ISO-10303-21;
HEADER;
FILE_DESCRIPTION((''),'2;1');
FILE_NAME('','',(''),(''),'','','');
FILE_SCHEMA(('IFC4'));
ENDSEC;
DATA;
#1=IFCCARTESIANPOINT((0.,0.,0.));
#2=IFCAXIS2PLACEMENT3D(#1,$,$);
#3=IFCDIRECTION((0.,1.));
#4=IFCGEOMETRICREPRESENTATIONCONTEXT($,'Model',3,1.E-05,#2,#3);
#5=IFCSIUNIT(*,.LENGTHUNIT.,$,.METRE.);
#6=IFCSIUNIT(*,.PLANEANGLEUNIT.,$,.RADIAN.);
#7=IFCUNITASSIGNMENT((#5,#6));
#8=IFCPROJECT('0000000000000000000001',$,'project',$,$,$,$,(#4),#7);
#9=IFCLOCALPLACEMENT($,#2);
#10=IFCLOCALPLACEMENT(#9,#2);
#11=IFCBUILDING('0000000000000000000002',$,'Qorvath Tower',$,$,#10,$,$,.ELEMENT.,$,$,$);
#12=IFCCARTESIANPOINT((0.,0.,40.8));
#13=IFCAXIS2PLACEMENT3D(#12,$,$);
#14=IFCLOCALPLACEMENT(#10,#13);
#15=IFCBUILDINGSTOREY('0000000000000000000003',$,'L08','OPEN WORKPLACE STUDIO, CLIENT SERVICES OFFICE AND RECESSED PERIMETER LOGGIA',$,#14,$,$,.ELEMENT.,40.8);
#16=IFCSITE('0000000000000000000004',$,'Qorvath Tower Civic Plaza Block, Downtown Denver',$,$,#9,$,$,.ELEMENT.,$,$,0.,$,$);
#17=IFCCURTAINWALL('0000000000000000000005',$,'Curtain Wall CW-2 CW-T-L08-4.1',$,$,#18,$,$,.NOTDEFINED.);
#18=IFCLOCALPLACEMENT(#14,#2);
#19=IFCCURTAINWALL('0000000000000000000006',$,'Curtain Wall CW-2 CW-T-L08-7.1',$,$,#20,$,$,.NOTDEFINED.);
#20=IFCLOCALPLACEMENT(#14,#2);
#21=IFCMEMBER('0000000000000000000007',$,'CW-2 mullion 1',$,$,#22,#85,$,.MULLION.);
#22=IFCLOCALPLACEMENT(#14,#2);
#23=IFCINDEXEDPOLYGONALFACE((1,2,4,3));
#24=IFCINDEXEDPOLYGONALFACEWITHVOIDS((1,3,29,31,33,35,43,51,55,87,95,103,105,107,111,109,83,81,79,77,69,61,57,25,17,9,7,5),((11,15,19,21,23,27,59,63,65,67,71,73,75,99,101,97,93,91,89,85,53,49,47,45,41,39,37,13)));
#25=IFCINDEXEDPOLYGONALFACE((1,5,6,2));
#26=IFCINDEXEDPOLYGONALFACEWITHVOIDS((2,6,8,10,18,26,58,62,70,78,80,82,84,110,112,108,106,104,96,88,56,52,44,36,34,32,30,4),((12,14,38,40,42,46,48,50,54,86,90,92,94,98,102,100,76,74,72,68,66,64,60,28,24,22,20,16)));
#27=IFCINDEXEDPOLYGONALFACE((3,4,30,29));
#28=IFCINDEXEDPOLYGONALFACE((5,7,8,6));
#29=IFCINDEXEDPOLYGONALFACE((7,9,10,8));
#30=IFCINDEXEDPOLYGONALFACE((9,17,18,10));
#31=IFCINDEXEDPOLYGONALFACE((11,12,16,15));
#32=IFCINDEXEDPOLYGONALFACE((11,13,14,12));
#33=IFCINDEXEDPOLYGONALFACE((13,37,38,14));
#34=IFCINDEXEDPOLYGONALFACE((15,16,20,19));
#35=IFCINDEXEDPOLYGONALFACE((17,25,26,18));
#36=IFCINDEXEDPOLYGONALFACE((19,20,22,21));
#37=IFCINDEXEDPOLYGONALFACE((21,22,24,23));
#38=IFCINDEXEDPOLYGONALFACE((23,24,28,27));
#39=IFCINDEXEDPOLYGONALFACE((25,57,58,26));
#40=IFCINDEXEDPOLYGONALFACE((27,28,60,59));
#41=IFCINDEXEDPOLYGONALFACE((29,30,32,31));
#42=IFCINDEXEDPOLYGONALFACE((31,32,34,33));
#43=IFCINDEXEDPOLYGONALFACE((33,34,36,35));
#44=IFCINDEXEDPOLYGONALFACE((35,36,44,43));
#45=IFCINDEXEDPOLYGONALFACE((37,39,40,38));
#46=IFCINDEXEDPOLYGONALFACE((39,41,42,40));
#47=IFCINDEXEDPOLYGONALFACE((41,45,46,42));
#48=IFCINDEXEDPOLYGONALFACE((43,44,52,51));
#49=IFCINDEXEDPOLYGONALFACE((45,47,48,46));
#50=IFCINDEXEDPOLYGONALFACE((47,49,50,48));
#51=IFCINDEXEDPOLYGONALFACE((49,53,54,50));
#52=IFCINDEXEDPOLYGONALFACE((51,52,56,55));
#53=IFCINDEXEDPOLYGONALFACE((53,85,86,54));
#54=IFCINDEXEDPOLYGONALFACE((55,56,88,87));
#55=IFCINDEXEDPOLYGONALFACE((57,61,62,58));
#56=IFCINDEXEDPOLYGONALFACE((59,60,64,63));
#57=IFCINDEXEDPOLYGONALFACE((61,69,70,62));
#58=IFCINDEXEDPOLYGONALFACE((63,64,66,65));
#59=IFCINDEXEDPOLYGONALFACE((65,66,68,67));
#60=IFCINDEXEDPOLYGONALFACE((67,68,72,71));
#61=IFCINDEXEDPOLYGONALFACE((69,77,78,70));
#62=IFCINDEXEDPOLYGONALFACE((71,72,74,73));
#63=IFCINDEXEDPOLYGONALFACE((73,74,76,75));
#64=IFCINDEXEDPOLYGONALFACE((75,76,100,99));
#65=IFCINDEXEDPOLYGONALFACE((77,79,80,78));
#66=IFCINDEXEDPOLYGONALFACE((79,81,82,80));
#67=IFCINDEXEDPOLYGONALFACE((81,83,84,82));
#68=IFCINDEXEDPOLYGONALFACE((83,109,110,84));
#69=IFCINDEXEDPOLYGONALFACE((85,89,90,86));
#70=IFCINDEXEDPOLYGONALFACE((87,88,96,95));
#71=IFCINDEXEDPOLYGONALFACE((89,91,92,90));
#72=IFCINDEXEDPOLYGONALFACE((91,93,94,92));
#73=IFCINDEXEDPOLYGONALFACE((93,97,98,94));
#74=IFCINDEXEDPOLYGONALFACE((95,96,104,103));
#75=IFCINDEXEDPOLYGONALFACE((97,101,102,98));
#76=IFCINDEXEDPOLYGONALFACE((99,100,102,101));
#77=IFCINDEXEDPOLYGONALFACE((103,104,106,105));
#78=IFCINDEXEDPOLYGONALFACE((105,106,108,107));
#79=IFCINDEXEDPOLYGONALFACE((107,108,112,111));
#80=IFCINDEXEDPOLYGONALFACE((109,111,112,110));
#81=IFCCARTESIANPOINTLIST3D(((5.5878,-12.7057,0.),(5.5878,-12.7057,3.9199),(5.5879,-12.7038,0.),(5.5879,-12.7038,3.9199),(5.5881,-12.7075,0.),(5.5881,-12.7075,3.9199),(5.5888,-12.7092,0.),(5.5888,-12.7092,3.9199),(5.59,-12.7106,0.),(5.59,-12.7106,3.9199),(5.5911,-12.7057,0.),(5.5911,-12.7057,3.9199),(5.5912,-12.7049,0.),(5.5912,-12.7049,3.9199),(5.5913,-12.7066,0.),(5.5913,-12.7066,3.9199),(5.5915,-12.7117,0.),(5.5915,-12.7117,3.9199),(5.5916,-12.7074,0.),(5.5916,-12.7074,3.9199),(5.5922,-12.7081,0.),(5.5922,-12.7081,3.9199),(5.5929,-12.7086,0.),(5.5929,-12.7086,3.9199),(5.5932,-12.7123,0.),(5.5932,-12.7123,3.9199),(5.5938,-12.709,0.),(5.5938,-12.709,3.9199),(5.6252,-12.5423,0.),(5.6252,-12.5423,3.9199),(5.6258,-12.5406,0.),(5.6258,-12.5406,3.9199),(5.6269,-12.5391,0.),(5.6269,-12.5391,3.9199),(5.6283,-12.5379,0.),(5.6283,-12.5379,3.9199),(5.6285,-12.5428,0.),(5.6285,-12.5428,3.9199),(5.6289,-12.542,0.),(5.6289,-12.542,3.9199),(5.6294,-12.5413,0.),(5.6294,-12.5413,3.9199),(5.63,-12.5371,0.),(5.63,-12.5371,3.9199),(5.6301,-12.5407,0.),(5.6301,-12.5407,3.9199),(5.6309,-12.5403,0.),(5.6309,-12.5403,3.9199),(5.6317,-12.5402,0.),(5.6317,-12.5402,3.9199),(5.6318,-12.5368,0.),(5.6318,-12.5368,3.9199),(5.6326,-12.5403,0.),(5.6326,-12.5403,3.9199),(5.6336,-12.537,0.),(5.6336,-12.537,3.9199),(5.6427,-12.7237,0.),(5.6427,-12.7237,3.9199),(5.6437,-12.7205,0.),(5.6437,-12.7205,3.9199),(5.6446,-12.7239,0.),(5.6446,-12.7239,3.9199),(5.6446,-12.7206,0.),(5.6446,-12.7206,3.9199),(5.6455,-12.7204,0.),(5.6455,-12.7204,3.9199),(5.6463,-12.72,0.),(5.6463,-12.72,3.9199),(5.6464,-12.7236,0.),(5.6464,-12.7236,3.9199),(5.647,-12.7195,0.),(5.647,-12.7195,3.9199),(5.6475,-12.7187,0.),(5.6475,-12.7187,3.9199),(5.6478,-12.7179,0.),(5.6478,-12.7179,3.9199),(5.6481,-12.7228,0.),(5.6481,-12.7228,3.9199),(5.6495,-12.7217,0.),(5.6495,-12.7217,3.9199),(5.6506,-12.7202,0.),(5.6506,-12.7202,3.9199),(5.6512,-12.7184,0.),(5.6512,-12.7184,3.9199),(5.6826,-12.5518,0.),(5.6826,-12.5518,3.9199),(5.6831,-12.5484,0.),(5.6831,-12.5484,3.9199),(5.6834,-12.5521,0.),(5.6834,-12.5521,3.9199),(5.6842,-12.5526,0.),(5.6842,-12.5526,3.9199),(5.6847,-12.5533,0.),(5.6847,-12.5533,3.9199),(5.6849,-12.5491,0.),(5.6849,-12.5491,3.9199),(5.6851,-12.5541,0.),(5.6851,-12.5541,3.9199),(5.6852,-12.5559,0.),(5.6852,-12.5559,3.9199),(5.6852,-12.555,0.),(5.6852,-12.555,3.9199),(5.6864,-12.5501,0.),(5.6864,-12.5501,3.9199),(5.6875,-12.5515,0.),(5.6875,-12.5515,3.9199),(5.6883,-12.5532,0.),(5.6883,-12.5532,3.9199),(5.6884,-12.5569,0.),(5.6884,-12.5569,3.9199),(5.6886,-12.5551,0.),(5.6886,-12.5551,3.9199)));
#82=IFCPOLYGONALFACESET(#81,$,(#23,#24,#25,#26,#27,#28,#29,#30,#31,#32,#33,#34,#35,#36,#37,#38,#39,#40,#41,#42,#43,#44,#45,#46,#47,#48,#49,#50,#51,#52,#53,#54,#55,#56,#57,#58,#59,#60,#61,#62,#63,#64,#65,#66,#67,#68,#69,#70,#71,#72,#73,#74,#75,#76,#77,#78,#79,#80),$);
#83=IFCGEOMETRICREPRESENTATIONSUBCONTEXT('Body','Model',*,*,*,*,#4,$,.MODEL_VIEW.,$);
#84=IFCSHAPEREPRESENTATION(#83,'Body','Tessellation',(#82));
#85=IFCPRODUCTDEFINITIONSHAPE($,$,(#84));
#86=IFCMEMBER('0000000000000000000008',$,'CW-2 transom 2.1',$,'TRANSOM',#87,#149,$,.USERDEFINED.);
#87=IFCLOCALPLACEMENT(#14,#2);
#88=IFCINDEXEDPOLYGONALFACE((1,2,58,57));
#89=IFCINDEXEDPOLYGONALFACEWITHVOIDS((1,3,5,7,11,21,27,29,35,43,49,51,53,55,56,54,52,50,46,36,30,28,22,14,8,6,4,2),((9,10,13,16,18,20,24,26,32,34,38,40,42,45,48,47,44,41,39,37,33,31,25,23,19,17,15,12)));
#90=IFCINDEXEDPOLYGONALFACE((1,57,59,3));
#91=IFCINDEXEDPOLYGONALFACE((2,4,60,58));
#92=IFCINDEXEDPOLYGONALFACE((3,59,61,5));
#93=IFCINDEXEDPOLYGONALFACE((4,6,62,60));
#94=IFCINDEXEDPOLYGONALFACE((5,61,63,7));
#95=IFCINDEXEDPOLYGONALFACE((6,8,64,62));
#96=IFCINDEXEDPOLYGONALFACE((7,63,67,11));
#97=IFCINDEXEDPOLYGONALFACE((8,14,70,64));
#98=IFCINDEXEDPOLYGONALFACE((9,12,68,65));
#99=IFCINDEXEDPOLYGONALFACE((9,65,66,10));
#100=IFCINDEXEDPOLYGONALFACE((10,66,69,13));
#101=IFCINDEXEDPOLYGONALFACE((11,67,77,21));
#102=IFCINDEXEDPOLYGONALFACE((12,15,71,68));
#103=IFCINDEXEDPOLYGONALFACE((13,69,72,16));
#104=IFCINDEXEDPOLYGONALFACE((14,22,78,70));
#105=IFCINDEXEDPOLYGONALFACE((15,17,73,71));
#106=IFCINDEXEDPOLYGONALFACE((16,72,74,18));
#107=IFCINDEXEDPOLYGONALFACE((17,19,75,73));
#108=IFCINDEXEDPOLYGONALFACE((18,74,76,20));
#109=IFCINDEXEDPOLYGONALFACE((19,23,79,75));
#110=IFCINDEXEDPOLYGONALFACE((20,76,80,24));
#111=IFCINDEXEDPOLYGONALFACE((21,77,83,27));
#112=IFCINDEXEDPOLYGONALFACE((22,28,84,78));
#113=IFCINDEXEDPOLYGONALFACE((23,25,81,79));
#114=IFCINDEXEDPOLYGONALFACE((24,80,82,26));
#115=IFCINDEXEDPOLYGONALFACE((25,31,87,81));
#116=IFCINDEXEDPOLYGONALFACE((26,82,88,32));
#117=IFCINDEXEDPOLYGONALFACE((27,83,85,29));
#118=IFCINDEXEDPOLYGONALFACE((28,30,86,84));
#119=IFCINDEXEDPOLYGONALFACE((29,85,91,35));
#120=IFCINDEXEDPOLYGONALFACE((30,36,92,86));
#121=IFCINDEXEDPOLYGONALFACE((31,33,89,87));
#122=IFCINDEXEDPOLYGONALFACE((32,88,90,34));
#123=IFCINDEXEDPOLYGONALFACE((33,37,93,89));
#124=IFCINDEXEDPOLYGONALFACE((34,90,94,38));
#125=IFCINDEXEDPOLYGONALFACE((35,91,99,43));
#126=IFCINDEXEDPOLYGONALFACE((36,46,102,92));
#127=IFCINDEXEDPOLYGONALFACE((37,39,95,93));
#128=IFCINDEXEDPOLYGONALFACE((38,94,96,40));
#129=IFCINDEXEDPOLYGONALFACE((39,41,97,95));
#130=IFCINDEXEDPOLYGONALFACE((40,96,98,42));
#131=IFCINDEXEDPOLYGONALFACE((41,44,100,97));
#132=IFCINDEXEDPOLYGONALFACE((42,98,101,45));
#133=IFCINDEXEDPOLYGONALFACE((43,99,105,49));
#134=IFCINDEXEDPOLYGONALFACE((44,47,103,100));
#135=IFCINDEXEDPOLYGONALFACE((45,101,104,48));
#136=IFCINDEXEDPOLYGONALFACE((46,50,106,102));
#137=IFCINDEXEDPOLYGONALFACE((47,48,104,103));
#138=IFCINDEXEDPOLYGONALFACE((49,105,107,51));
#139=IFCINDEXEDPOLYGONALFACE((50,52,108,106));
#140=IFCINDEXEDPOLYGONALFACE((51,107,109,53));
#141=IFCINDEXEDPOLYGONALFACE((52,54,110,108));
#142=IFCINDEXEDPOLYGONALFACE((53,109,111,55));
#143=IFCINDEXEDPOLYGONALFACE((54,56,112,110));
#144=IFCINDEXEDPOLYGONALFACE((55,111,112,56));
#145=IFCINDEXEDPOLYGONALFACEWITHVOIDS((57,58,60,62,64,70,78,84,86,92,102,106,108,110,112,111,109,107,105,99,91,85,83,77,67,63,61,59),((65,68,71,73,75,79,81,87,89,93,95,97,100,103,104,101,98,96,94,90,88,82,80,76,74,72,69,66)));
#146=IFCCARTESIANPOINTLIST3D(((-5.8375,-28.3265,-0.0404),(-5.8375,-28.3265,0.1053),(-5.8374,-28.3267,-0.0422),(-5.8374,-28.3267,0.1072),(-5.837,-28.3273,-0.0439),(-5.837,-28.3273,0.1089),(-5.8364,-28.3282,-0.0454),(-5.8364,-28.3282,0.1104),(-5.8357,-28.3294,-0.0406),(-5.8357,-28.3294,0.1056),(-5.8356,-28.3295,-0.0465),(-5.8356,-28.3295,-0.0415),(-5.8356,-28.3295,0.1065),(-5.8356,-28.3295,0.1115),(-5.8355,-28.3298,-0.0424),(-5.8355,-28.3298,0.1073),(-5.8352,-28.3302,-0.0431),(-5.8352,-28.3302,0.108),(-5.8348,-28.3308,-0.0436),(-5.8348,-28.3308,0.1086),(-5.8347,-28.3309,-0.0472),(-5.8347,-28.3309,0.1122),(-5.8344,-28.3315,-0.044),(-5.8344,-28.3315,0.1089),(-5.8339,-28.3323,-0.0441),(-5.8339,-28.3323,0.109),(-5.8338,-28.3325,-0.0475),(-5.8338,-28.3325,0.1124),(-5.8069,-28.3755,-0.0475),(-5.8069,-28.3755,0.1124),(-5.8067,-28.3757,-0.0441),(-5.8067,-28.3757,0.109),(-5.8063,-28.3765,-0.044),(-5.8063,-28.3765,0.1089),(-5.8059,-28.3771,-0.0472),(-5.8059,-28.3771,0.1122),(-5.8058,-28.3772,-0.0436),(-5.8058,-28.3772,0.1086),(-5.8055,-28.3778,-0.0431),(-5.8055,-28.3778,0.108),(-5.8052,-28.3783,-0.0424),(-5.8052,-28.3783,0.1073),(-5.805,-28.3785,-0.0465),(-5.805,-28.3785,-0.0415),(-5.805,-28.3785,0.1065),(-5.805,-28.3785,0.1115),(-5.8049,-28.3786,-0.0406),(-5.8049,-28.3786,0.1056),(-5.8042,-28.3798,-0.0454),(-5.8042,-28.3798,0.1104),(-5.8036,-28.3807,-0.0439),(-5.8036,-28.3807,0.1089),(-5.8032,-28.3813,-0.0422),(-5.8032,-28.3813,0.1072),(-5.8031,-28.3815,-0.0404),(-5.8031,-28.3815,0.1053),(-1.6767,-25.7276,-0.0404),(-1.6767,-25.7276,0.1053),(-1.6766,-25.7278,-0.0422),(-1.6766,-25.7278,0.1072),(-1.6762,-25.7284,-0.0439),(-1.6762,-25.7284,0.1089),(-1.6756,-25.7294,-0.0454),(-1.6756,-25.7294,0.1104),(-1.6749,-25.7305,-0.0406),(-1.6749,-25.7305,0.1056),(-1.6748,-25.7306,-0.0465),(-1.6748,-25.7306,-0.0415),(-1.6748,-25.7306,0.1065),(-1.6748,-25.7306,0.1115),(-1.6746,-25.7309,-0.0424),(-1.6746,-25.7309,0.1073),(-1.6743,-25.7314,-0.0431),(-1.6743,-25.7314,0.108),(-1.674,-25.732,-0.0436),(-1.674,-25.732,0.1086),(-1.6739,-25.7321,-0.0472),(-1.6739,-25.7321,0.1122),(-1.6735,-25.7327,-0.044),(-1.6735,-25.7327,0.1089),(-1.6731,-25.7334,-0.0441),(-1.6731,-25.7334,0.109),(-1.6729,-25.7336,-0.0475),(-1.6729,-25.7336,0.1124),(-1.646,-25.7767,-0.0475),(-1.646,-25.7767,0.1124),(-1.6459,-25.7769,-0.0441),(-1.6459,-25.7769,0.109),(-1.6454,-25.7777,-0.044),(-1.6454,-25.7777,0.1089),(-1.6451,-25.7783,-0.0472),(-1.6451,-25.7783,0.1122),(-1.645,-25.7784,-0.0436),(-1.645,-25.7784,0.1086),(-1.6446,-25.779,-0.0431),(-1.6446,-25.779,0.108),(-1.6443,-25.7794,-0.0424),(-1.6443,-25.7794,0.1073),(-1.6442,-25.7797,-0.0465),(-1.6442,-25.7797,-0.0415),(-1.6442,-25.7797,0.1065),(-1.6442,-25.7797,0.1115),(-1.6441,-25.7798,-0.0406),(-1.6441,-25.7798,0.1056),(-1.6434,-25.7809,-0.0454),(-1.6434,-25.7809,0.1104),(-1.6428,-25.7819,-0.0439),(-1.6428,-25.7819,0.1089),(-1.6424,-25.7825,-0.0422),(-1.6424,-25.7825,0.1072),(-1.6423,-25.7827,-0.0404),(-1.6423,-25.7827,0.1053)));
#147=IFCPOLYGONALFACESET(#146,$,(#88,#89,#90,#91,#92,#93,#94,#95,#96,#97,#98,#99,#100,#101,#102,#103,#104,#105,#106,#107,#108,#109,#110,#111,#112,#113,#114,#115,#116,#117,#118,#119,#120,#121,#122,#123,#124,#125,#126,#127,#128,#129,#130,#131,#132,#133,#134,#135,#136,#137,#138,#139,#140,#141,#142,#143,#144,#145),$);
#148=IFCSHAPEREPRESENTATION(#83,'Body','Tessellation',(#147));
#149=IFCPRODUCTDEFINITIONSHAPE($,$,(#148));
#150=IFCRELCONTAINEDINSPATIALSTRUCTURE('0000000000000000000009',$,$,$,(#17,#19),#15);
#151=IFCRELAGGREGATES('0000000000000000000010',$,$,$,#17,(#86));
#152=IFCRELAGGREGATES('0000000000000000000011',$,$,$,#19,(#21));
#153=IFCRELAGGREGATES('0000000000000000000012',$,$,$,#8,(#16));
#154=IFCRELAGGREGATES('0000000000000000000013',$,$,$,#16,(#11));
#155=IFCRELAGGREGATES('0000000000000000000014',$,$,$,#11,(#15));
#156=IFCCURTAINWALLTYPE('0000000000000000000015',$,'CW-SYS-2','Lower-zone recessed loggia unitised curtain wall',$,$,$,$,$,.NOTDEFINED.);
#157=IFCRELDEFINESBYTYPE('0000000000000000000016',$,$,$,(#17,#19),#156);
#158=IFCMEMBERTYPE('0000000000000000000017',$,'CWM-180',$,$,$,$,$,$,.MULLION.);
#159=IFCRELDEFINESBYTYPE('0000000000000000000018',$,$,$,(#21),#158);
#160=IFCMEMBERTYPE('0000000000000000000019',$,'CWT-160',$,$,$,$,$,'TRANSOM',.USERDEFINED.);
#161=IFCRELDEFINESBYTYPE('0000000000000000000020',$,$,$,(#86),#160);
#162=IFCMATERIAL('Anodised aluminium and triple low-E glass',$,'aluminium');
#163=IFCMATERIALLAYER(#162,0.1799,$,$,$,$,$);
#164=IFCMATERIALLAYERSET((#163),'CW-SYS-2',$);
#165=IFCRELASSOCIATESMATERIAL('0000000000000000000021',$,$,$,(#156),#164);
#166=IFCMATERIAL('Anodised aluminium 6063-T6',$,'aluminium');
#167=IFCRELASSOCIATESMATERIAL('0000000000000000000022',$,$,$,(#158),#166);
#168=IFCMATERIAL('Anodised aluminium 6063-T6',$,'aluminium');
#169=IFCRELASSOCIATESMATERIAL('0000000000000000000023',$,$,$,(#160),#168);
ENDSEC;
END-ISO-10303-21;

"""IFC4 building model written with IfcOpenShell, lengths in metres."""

from ifc_helpers import new_model, si_unit, direction, frame, origin, origin_2d, place, context, subcontext, project, spatial, hollow_rectangle, extrude, material, layer, layer_set, material_profile, profile_set, type_object, element, aggregate, save


model = new_model("IFC4")

# Units and contexts
model_context = context("Model", 3, precision=1e-05, world=origin(), true_north=direction((0.0, 1.0)))
body_context = subcontext(model_context, "Body", "Model", "MODEL_VIEW")
ifc_project = project(units=[si_unit("LENGTHUNIT", "METRE"), si_unit("PLANEANGLEUNIT", "RADIAN")], contexts=[model_context])

# Site, building, storey
site_placement = place(None, origin())
site = spatial("IfcSite", under=ifc_project, at=site_placement, Name="Qorvath Tower Civic Plaza Block, Downtown Denver", CompositionType="ELEMENT", RefElevation=0.0)
building_placement = place(site_placement, origin())
building = spatial("IfcBuilding", under=site, at=building_placement, Name="Qorvath Tower", CompositionType="ELEMENT")
storey_placement = place(building_placement, frame((0.0, 0.0, 40.8)))
storey = spatial("IfcBuildingStorey", under=building, at=storey_placement, Name="L08", Description="OPEN WORKPLACE STUDIO, CLIENT SERVICES OFFICE AND RECESSED PERIMETER LOGGIA", CompositionType="ELEMENT", Elevation=40.8)

# Curtain wall
ifc_material_1 = material(Name="Anodised aluminium and triple low-E glass", Category="aluminium")
ifc_layer_1 = layer(ifc_material_1, 0.1799)
ifc_layer_set_1 = layer_set([ifc_layer_1], Name="CW-SYS-2")
curtain_wall_type = type_object("IfcCurtainWallType", Name="CW-SYS-2", Description="Lower-zone recessed loggia unitised curtain wall", PredefinedType="NOTDEFINED", material=ifc_layer_set_1)
curtain_wall_1_placement = place(storey_placement, origin())
curtain_wall_1 = element("IfcCurtainWall", 1, at=curtain_wall_1_placement, inside=storey, type_object=curtain_wall_type, Name="Curtain Wall CW-2 CW-T-L08-4.1", PredefinedType="NOTDEFINED")
ifc_material_2 = material(Name="Anodised aluminium 6063-T6", Category="aluminium")
ifc_material_profile_1 = material_profile(ifc_material_2, hollow_rectangle(XDim=0.0649, YDim=0.1799, WallThickness=0.0034, InnerFilletRadius=0.0034, OuterFilletRadius=0.0071, at=origin_2d()), Name="CWM 180x65")
ifc_profile_set_1 = profile_set([ifc_material_profile_1], Name="Anodised aluminium 6063-T6")
member_type_1 = type_object("IfcMemberType", Name="CWM-180", PredefinedType="MULLION", material=ifc_profile_set_1)

# Curtain wall, member
curtain_wall_2_placement = place(storey_placement, origin())
curtain_wall_2 = element("IfcCurtainWall", 2, at=curtain_wall_2_placement, inside=storey, type_object=curtain_wall_type, Name="Curtain Wall CW-2 CW-T-L08-7.1", PredefinedType="NOTDEFINED")
member_1_placement = place(storey_placement, frame((5.6382, -12.6304, 0.0), z_axis=(0.0, 0.0, 1.0), x_axis=(-0.974466, 0.224535, 0.0)))
member_1 = element("IfcMember", 3, at=member_1_placement, type_object=member_type_1, Name="CW-2 mullion 1", PredefinedType="MULLION", context=body_context, shape_type="SweptSolid", body=[
    extrude(hollow_rectangle(XDim=0.0649, YDim=0.1799, WallThickness=0.0034, InnerFilletRadius=0.0034, OuterFilletRadius=0.0071, at=origin_2d()), origin(), (0.0, 0.0, 1.0), 3.9199),
])

# Member
ifc_material_3 = material(Name="Anodised aluminium 6063-T6", Category="aluminium")
ifc_material_profile_2 = material_profile(ifc_material_3, hollow_rectangle(XDim=0.0649, YDim=0.1599, WallThickness=0.0034, InnerFilletRadius=0.0034, OuterFilletRadius=0.0071, at=origin_2d()), Name="CWT 160x65")
ifc_profile_set_2 = profile_set([ifc_material_profile_2], Name="Anodised aluminium 6063-T6")
member_type_2 = type_object("IfcMemberType", Name="CWT-160", ElementType="TRANSOM", PredefinedType="USERDEFINED", material=ifc_profile_set_2)
member_2_placement = place(storey_placement, frame((-5.8203, -28.354, 0.0325), z_axis=(0.848152, 0.529753, 0.0), x_axis=(-0.529753, 0.848152, 0.0)))
member_2 = element("IfcMember", 4, at=member_2_placement, type_object=member_type_2, Name="CW-2 transom 2.1", ObjectType="TRANSOM", PredefinedType="USERDEFINED", context=body_context, shape_type="SweptSolid", body=[
    extrude(hollow_rectangle(XDim=0.0649, YDim=0.1599, WallThickness=0.0034, InnerFilletRadius=0.0034, OuterFilletRadius=0.0071, at=origin_2d()), origin(), (0.0, 0.0, 1.0), 4.9058),
])

aggregate(curtain_wall_1, [member_2])
aggregate(curtain_wall_2, [member_1])

save(model, "model.ifc")
